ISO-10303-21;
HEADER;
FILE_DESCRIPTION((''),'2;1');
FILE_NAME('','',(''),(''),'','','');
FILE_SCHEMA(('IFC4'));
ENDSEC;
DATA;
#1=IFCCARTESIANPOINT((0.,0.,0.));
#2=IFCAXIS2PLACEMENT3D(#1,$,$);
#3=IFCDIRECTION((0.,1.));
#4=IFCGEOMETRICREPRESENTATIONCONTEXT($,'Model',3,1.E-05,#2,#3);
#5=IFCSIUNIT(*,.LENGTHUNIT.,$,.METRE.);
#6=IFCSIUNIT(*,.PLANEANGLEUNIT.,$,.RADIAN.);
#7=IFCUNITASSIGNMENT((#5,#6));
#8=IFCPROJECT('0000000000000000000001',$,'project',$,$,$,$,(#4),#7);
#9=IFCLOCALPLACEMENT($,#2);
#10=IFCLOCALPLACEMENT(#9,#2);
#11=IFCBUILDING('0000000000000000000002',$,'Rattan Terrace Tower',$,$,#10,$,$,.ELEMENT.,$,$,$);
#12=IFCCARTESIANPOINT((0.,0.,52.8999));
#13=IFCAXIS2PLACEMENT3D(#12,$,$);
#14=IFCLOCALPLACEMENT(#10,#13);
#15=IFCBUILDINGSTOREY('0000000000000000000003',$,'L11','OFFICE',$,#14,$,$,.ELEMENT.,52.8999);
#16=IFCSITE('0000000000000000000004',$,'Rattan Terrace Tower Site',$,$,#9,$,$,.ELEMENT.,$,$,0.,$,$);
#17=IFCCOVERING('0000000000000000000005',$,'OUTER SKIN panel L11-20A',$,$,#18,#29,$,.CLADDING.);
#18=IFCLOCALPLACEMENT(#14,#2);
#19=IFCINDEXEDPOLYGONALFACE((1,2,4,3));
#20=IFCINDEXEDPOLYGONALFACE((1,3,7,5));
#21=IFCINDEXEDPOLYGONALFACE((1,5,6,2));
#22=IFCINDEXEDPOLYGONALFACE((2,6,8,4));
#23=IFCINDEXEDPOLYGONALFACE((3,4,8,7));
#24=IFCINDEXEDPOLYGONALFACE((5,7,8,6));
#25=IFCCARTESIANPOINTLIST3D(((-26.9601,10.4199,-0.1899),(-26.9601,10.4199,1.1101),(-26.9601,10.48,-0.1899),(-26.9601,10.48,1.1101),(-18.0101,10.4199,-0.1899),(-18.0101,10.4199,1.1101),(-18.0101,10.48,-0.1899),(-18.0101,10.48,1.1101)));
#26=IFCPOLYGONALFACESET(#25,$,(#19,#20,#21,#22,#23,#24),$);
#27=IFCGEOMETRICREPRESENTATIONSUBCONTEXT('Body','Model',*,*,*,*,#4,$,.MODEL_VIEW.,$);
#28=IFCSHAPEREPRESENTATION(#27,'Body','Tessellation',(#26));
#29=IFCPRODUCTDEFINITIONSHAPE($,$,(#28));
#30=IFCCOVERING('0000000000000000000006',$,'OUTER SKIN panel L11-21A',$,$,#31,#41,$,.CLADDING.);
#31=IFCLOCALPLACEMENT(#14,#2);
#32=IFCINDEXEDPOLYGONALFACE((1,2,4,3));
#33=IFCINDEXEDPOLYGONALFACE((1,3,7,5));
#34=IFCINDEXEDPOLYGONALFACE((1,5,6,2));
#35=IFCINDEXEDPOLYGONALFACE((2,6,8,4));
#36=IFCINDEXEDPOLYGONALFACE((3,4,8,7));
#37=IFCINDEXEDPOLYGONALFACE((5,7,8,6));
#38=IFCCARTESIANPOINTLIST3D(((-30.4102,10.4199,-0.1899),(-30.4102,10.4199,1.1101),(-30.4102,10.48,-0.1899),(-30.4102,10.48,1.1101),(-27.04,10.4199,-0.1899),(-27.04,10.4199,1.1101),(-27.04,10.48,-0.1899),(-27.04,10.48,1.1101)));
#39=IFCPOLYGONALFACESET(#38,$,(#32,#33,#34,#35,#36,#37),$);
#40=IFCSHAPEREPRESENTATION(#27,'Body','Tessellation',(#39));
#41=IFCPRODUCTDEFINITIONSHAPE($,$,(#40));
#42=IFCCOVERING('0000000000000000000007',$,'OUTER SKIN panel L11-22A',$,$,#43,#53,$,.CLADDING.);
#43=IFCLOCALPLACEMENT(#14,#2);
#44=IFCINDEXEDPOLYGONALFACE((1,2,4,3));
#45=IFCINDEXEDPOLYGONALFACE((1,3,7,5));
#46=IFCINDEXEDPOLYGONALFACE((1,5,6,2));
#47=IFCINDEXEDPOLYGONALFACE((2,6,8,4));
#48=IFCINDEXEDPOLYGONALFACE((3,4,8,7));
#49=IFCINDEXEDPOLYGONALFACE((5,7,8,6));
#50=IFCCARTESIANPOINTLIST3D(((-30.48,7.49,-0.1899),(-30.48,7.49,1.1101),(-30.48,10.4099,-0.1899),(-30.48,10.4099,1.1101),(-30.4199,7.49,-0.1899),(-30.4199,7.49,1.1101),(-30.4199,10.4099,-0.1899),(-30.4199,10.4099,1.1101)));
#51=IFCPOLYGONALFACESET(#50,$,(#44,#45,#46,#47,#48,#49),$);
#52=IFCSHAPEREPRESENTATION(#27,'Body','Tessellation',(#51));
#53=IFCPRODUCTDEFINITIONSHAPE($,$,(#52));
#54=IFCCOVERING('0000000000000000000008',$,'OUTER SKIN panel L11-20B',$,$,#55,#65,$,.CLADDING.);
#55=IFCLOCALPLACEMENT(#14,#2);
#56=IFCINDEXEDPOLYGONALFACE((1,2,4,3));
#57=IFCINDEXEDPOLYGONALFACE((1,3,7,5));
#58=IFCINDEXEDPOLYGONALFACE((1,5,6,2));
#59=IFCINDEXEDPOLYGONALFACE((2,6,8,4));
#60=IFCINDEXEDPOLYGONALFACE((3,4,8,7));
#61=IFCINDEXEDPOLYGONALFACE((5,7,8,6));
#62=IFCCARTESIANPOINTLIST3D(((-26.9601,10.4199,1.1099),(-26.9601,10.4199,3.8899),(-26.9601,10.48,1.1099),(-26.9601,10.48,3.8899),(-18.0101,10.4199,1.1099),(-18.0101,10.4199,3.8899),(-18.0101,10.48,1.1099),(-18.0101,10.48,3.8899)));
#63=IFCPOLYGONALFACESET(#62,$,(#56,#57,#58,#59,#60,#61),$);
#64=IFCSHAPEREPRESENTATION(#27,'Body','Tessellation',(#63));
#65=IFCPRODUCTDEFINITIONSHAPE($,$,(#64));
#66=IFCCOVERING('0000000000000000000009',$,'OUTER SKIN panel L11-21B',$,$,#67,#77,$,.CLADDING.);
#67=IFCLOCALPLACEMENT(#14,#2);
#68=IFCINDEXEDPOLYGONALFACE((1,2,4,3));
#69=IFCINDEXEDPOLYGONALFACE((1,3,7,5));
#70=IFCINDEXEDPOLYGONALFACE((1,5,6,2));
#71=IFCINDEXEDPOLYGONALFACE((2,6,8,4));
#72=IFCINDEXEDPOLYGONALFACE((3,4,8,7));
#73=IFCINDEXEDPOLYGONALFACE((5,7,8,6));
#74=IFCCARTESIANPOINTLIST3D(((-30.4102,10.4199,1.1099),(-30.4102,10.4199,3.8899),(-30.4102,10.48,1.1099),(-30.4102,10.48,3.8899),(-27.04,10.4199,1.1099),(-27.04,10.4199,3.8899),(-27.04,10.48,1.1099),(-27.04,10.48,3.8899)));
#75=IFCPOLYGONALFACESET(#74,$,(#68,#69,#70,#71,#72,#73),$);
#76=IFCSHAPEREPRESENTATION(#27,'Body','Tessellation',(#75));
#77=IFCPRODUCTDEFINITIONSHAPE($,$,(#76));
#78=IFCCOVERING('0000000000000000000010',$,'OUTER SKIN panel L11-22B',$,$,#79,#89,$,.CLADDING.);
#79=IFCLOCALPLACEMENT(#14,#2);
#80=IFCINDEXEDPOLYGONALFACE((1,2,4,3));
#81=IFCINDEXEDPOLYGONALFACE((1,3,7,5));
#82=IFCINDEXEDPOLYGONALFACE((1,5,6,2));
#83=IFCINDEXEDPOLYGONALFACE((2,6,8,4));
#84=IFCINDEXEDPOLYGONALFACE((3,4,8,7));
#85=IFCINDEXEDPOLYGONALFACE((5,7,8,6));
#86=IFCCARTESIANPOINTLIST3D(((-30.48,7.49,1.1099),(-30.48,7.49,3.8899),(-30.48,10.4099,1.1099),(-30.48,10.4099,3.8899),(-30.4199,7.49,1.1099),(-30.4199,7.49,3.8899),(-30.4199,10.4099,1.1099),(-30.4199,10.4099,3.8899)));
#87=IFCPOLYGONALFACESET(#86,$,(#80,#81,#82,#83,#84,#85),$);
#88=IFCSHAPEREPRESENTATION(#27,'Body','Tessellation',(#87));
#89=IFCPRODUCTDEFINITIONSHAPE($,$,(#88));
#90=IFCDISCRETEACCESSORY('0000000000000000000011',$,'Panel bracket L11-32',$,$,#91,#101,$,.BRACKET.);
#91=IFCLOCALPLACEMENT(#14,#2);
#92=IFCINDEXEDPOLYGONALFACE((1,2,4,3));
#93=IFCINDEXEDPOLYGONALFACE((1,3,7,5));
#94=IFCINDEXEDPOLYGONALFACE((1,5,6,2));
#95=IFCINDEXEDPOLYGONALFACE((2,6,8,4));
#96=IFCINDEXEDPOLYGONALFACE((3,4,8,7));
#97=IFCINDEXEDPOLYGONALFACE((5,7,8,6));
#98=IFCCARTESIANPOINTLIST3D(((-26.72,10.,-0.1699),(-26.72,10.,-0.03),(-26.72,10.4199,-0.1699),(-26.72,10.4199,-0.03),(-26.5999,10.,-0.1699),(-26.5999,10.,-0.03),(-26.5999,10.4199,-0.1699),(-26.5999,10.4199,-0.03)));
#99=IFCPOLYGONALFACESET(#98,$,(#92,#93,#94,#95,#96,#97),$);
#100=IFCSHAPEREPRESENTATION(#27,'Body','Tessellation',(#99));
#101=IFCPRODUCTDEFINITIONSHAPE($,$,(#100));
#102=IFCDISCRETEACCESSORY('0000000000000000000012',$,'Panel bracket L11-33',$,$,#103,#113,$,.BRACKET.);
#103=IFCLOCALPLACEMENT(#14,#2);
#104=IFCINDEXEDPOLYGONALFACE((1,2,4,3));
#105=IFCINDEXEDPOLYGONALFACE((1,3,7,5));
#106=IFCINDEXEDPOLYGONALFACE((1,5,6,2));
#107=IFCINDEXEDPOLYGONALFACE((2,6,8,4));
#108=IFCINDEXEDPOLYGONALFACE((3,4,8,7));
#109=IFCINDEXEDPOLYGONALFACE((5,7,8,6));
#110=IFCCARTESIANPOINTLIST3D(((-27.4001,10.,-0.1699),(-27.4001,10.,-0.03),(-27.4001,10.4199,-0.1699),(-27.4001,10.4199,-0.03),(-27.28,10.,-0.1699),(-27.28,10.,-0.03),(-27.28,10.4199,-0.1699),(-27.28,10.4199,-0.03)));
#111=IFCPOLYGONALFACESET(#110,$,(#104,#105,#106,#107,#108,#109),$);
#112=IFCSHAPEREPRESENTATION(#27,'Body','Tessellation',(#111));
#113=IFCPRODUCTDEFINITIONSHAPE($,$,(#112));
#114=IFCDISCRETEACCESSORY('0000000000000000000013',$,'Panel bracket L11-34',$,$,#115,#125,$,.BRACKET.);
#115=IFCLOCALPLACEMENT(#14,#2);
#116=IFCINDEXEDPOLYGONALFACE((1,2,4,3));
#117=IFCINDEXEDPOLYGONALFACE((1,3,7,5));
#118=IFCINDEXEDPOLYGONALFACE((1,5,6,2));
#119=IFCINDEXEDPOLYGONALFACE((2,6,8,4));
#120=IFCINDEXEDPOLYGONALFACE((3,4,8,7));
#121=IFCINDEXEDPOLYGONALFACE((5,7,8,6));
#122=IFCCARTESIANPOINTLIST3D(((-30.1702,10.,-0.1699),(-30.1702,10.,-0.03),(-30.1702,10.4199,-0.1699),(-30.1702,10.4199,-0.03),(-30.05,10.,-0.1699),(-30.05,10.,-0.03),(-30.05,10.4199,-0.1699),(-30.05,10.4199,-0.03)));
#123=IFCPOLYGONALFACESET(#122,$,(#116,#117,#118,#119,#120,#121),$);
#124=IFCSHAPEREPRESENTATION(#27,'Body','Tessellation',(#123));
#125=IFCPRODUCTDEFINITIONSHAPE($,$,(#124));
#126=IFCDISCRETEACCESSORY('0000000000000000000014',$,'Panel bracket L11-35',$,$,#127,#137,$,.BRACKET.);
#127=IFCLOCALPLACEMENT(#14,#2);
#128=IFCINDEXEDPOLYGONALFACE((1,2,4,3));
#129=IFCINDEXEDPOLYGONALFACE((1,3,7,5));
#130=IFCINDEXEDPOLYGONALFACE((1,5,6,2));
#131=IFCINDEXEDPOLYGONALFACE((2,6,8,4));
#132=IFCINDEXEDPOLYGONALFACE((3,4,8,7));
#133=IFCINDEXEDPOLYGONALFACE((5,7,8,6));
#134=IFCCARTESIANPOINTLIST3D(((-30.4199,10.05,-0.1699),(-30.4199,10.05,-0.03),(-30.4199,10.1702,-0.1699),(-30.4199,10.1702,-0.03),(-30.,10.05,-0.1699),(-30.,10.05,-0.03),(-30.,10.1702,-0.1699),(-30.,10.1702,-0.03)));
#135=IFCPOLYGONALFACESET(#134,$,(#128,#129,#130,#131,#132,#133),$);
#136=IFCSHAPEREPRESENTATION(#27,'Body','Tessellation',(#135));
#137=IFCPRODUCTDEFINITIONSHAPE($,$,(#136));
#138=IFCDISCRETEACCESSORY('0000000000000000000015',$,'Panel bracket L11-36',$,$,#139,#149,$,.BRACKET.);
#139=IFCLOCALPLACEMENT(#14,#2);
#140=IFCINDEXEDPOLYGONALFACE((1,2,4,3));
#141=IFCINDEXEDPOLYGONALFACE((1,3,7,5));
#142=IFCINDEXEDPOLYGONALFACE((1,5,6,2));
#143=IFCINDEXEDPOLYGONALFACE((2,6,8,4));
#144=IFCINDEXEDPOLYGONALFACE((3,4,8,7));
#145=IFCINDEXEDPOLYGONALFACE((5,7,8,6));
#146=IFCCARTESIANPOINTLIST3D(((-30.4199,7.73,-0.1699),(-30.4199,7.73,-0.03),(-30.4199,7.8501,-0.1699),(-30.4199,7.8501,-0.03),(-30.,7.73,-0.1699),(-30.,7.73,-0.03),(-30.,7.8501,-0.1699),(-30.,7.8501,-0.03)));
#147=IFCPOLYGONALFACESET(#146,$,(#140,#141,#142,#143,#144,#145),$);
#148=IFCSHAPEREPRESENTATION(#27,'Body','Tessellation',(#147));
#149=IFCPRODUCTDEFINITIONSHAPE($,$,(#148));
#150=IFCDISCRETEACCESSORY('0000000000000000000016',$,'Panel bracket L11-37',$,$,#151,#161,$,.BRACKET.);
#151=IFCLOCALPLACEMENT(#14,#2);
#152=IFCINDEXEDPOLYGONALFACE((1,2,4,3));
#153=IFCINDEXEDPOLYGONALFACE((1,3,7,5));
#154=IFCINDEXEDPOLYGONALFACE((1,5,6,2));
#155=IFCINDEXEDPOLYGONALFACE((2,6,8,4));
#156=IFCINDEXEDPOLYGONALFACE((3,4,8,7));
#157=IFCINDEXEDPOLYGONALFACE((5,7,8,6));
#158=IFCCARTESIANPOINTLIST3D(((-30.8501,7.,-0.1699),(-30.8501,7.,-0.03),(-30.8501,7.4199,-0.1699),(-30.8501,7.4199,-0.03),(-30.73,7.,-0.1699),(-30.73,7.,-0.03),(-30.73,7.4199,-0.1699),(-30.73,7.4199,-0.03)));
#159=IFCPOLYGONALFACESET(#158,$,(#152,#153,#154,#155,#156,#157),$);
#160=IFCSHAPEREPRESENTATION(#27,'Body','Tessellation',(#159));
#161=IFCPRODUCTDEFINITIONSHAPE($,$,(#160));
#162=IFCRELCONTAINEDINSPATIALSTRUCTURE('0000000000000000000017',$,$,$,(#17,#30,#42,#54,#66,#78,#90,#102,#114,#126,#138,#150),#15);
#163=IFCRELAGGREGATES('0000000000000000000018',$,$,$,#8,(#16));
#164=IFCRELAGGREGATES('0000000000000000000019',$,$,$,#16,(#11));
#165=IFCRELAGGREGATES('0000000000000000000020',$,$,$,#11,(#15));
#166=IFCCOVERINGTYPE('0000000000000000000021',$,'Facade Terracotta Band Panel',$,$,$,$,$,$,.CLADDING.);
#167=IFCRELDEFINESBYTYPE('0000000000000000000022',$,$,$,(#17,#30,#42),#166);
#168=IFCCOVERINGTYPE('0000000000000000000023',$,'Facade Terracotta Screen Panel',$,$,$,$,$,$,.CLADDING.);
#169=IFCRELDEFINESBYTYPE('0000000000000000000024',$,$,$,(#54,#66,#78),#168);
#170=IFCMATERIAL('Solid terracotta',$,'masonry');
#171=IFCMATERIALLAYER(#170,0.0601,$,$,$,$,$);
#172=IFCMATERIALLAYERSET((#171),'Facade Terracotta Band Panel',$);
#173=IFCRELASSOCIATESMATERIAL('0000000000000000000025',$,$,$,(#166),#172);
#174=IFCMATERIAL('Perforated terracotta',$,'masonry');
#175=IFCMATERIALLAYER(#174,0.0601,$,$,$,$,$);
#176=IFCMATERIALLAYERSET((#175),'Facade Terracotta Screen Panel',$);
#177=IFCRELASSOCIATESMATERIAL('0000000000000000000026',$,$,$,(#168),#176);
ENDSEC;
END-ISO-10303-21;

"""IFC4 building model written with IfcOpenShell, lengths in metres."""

from ifc_helpers import new_model, si_unit, direction, frame, origin, origin_2d, place, context, subcontext, project, spatial, rectangle, extrude, material, layer, layer_set, type_object, element, save


model = new_model("IFC4")

# Units and contexts
model_context = context("Model", 3, precision=1e-05, world=origin(), true_north=direction((0.0, 1.0)))
body_context = subcontext(model_context, "Body", "Model", "MODEL_VIEW")
ifc_project = project(units=[si_unit("LENGTHUNIT", "METRE"), si_unit("PLANEANGLEUNIT", "RADIAN")], contexts=[model_context])

# Site, building, storey
site_placement = place(None, origin())
site = spatial("IfcSite", under=ifc_project, at=site_placement, Name="Rattan Terrace Tower Site", CompositionType="ELEMENT", RefElevation=0.0)
building_placement = place(site_placement, origin())
building = spatial("IfcBuilding", under=site, at=building_placement, Name="Rattan Terrace Tower", CompositionType="ELEMENT")
storey_placement = place(building_placement, frame((0.0, 0.0, 52.8999)))
storey = spatial("IfcBuildingStorey", under=building, at=storey_placement, Name="L11", Description="OFFICE", CompositionType="ELEMENT", Elevation=52.8999)

# Coverings
ifc_material_1 = material(Name="Solid terracotta", Category="masonry")
ifc_layer_1 = layer(ifc_material_1, 0.0601)
ifc_layer_set_1 = layer_set([ifc_layer_1], Name="Facade Terracotta Band Panel")
covering_type_1 = type_object("IfcCoveringType", Name="Facade Terracotta Band Panel", PredefinedType="CLADDING", material=ifc_layer_set_1)
covering_1_placement = place(storey_placement, frame((-22.4851, 10.45, -0.1899), z_axis=(0.0, 0.0, 1.0), x_axis=(-1.0, 0.0, 0.0)))
element("IfcCovering", 1, at=covering_1_placement, inside=storey, type_object=covering_type_1, Name="OUTER SKIN panel L11-20A", PredefinedType="CLADDING", context=body_context, shape_type="SweptSolid", body=[
    extrude(rectangle(XDim=8.95, YDim=0.0601, at=origin_2d()), origin(), (0.0, 0.0, 1.0), 1.3),
])
covering_2_placement = place(storey_placement, frame((-28.7251, 10.45, -0.1899), z_axis=(0.0, 0.0, 1.0), x_axis=(-1.0, 0.0, 0.0)))
element("IfcCovering", 2, at=covering_2_placement, inside=storey, type_object=covering_type_1, Name="OUTER SKIN panel L11-21A", PredefinedType="CLADDING", context=body_context, shape_type="SweptSolid", body=[
    extrude(rectangle(XDim=3.3701, YDim=0.0601, at=origin_2d()), origin(), (0.0, 0.0, 1.0), 1.3),
])
covering_3_placement = place(storey_placement, frame((-30.45, 8.95, -0.1899), z_axis=(0.0, 0.0, 1.0), x_axis=(0.0, -1.0, 0.0)))
element("IfcCovering", 3, at=covering_3_placement, inside=storey, type_object=covering_type_1, Name="OUTER SKIN panel L11-22A", PredefinedType="CLADDING", context=body_context, shape_type="SweptSolid", body=[
    extrude(rectangle(XDim=2.9199, YDim=0.0601, at=origin_2d()), origin(), (0.0, 0.0, 1.0), 1.3),
])
ifc_material_2 = material(Name="Perforated terracotta", Category="masonry")
ifc_layer_2 = layer(ifc_material_2, 0.0601)
ifc_layer_set_2 = layer_set([ifc_layer_2], Name="Facade Terracotta Screen Panel")
covering_type_2 = type_object("IfcCoveringType", Name="Facade Terracotta Screen Panel", PredefinedType="CLADDING", material=ifc_layer_set_2)
covering_4_placement = place(storey_placement, frame((-22.4851, 10.45, 1.1099), z_axis=(0.0, 0.0, 1.0), x_axis=(-1.0, 0.0, 0.0)))
element("IfcCovering", 4, at=covering_4_placement, inside=storey, type_object=covering_type_2, Name="OUTER SKIN panel L11-20B", PredefinedType="CLADDING", context=body_context, shape_type="SweptSolid", body=[
    extrude(rectangle(XDim=8.95, YDim=0.0601, at=origin_2d()), origin(), (0.0, 0.0, 1.0), 2.78),
])
covering_5_placement = place(storey_placement, frame((-28.7251, 10.45, 1.1099), z_axis=(0.0, 0.0, 1.0), x_axis=(-1.0, 0.0, 0.0)))
element("IfcCovering", 5, at=covering_5_placement, inside=storey, type_object=covering_type_2, Name="OUTER SKIN panel L11-21B", PredefinedType="CLADDING", context=body_context, shape_type="SweptSolid", body=[
    extrude(rectangle(XDim=3.3701, YDim=0.0601, at=origin_2d()), origin(), (0.0, 0.0, 1.0), 2.78),
])
covering_6_placement = place(storey_placement, frame((-30.45, 8.95, 1.1099), z_axis=(0.0, 0.0, 1.0), x_axis=(0.0, -1.0, 0.0)))
element("IfcCovering", 6, at=covering_6_placement, inside=storey, type_object=covering_type_2, Name="OUTER SKIN panel L11-22B", PredefinedType="CLADDING", context=body_context, shape_type="SweptSolid", body=[
    extrude(rectangle(XDim=2.9199, YDim=0.0601, at=origin_2d()), origin(), (0.0, 0.0, 1.0), 2.78),
])

# Discrete accessories
for number, where, z_axis, x_axis, name in (
    (7, (-26.6599, 10.21, -0.1699), (0.0, 0.0, 1.0), (-1.0, 0.0, 0.0), "Panel bracket L11-32"),
    (8, (-27.3401, 10.21, -0.1699), (0.0, 0.0, 1.0), (-1.0, 0.0, 0.0), "Panel bracket L11-33"),
    (9, (-30.1101, 10.21, -0.1699), (0.0, 0.0, 1.0), (-1.0, 0.0, 0.0), "Panel bracket L11-34"),
    (10, (-30.21, 10.1101, -0.1699), (0.0, 0.0, 1.0), (0.0, -1.0, 0.0), "Panel bracket L11-35"),
    (11, (-30.21, 7.79, -0.1699), (0.0, 0.0, 1.0), (0.0, -1.0, 0.0), "Panel bracket L11-36"),
    (12, (-30.79, 7.21, -0.1699), (0.0, 0.0, 1.0), (-1.0, 0.0, 0.0), "Panel bracket L11-37"),
):
    element("IfcDiscreteAccessory", number, at=place(storey_placement, frame(where, z_axis=z_axis, x_axis=x_axis)), inside=storey, Name=name, PredefinedType="BRACKET", context=body_context, shape_type="SweptSolid", body=[
        extrude(rectangle(XDim=0.1201, YDim=0.4199, at=origin_2d()), origin(), (0.0, 0.0, 1.0), 0.1399),
    ])

save(model, "model.ifc")
